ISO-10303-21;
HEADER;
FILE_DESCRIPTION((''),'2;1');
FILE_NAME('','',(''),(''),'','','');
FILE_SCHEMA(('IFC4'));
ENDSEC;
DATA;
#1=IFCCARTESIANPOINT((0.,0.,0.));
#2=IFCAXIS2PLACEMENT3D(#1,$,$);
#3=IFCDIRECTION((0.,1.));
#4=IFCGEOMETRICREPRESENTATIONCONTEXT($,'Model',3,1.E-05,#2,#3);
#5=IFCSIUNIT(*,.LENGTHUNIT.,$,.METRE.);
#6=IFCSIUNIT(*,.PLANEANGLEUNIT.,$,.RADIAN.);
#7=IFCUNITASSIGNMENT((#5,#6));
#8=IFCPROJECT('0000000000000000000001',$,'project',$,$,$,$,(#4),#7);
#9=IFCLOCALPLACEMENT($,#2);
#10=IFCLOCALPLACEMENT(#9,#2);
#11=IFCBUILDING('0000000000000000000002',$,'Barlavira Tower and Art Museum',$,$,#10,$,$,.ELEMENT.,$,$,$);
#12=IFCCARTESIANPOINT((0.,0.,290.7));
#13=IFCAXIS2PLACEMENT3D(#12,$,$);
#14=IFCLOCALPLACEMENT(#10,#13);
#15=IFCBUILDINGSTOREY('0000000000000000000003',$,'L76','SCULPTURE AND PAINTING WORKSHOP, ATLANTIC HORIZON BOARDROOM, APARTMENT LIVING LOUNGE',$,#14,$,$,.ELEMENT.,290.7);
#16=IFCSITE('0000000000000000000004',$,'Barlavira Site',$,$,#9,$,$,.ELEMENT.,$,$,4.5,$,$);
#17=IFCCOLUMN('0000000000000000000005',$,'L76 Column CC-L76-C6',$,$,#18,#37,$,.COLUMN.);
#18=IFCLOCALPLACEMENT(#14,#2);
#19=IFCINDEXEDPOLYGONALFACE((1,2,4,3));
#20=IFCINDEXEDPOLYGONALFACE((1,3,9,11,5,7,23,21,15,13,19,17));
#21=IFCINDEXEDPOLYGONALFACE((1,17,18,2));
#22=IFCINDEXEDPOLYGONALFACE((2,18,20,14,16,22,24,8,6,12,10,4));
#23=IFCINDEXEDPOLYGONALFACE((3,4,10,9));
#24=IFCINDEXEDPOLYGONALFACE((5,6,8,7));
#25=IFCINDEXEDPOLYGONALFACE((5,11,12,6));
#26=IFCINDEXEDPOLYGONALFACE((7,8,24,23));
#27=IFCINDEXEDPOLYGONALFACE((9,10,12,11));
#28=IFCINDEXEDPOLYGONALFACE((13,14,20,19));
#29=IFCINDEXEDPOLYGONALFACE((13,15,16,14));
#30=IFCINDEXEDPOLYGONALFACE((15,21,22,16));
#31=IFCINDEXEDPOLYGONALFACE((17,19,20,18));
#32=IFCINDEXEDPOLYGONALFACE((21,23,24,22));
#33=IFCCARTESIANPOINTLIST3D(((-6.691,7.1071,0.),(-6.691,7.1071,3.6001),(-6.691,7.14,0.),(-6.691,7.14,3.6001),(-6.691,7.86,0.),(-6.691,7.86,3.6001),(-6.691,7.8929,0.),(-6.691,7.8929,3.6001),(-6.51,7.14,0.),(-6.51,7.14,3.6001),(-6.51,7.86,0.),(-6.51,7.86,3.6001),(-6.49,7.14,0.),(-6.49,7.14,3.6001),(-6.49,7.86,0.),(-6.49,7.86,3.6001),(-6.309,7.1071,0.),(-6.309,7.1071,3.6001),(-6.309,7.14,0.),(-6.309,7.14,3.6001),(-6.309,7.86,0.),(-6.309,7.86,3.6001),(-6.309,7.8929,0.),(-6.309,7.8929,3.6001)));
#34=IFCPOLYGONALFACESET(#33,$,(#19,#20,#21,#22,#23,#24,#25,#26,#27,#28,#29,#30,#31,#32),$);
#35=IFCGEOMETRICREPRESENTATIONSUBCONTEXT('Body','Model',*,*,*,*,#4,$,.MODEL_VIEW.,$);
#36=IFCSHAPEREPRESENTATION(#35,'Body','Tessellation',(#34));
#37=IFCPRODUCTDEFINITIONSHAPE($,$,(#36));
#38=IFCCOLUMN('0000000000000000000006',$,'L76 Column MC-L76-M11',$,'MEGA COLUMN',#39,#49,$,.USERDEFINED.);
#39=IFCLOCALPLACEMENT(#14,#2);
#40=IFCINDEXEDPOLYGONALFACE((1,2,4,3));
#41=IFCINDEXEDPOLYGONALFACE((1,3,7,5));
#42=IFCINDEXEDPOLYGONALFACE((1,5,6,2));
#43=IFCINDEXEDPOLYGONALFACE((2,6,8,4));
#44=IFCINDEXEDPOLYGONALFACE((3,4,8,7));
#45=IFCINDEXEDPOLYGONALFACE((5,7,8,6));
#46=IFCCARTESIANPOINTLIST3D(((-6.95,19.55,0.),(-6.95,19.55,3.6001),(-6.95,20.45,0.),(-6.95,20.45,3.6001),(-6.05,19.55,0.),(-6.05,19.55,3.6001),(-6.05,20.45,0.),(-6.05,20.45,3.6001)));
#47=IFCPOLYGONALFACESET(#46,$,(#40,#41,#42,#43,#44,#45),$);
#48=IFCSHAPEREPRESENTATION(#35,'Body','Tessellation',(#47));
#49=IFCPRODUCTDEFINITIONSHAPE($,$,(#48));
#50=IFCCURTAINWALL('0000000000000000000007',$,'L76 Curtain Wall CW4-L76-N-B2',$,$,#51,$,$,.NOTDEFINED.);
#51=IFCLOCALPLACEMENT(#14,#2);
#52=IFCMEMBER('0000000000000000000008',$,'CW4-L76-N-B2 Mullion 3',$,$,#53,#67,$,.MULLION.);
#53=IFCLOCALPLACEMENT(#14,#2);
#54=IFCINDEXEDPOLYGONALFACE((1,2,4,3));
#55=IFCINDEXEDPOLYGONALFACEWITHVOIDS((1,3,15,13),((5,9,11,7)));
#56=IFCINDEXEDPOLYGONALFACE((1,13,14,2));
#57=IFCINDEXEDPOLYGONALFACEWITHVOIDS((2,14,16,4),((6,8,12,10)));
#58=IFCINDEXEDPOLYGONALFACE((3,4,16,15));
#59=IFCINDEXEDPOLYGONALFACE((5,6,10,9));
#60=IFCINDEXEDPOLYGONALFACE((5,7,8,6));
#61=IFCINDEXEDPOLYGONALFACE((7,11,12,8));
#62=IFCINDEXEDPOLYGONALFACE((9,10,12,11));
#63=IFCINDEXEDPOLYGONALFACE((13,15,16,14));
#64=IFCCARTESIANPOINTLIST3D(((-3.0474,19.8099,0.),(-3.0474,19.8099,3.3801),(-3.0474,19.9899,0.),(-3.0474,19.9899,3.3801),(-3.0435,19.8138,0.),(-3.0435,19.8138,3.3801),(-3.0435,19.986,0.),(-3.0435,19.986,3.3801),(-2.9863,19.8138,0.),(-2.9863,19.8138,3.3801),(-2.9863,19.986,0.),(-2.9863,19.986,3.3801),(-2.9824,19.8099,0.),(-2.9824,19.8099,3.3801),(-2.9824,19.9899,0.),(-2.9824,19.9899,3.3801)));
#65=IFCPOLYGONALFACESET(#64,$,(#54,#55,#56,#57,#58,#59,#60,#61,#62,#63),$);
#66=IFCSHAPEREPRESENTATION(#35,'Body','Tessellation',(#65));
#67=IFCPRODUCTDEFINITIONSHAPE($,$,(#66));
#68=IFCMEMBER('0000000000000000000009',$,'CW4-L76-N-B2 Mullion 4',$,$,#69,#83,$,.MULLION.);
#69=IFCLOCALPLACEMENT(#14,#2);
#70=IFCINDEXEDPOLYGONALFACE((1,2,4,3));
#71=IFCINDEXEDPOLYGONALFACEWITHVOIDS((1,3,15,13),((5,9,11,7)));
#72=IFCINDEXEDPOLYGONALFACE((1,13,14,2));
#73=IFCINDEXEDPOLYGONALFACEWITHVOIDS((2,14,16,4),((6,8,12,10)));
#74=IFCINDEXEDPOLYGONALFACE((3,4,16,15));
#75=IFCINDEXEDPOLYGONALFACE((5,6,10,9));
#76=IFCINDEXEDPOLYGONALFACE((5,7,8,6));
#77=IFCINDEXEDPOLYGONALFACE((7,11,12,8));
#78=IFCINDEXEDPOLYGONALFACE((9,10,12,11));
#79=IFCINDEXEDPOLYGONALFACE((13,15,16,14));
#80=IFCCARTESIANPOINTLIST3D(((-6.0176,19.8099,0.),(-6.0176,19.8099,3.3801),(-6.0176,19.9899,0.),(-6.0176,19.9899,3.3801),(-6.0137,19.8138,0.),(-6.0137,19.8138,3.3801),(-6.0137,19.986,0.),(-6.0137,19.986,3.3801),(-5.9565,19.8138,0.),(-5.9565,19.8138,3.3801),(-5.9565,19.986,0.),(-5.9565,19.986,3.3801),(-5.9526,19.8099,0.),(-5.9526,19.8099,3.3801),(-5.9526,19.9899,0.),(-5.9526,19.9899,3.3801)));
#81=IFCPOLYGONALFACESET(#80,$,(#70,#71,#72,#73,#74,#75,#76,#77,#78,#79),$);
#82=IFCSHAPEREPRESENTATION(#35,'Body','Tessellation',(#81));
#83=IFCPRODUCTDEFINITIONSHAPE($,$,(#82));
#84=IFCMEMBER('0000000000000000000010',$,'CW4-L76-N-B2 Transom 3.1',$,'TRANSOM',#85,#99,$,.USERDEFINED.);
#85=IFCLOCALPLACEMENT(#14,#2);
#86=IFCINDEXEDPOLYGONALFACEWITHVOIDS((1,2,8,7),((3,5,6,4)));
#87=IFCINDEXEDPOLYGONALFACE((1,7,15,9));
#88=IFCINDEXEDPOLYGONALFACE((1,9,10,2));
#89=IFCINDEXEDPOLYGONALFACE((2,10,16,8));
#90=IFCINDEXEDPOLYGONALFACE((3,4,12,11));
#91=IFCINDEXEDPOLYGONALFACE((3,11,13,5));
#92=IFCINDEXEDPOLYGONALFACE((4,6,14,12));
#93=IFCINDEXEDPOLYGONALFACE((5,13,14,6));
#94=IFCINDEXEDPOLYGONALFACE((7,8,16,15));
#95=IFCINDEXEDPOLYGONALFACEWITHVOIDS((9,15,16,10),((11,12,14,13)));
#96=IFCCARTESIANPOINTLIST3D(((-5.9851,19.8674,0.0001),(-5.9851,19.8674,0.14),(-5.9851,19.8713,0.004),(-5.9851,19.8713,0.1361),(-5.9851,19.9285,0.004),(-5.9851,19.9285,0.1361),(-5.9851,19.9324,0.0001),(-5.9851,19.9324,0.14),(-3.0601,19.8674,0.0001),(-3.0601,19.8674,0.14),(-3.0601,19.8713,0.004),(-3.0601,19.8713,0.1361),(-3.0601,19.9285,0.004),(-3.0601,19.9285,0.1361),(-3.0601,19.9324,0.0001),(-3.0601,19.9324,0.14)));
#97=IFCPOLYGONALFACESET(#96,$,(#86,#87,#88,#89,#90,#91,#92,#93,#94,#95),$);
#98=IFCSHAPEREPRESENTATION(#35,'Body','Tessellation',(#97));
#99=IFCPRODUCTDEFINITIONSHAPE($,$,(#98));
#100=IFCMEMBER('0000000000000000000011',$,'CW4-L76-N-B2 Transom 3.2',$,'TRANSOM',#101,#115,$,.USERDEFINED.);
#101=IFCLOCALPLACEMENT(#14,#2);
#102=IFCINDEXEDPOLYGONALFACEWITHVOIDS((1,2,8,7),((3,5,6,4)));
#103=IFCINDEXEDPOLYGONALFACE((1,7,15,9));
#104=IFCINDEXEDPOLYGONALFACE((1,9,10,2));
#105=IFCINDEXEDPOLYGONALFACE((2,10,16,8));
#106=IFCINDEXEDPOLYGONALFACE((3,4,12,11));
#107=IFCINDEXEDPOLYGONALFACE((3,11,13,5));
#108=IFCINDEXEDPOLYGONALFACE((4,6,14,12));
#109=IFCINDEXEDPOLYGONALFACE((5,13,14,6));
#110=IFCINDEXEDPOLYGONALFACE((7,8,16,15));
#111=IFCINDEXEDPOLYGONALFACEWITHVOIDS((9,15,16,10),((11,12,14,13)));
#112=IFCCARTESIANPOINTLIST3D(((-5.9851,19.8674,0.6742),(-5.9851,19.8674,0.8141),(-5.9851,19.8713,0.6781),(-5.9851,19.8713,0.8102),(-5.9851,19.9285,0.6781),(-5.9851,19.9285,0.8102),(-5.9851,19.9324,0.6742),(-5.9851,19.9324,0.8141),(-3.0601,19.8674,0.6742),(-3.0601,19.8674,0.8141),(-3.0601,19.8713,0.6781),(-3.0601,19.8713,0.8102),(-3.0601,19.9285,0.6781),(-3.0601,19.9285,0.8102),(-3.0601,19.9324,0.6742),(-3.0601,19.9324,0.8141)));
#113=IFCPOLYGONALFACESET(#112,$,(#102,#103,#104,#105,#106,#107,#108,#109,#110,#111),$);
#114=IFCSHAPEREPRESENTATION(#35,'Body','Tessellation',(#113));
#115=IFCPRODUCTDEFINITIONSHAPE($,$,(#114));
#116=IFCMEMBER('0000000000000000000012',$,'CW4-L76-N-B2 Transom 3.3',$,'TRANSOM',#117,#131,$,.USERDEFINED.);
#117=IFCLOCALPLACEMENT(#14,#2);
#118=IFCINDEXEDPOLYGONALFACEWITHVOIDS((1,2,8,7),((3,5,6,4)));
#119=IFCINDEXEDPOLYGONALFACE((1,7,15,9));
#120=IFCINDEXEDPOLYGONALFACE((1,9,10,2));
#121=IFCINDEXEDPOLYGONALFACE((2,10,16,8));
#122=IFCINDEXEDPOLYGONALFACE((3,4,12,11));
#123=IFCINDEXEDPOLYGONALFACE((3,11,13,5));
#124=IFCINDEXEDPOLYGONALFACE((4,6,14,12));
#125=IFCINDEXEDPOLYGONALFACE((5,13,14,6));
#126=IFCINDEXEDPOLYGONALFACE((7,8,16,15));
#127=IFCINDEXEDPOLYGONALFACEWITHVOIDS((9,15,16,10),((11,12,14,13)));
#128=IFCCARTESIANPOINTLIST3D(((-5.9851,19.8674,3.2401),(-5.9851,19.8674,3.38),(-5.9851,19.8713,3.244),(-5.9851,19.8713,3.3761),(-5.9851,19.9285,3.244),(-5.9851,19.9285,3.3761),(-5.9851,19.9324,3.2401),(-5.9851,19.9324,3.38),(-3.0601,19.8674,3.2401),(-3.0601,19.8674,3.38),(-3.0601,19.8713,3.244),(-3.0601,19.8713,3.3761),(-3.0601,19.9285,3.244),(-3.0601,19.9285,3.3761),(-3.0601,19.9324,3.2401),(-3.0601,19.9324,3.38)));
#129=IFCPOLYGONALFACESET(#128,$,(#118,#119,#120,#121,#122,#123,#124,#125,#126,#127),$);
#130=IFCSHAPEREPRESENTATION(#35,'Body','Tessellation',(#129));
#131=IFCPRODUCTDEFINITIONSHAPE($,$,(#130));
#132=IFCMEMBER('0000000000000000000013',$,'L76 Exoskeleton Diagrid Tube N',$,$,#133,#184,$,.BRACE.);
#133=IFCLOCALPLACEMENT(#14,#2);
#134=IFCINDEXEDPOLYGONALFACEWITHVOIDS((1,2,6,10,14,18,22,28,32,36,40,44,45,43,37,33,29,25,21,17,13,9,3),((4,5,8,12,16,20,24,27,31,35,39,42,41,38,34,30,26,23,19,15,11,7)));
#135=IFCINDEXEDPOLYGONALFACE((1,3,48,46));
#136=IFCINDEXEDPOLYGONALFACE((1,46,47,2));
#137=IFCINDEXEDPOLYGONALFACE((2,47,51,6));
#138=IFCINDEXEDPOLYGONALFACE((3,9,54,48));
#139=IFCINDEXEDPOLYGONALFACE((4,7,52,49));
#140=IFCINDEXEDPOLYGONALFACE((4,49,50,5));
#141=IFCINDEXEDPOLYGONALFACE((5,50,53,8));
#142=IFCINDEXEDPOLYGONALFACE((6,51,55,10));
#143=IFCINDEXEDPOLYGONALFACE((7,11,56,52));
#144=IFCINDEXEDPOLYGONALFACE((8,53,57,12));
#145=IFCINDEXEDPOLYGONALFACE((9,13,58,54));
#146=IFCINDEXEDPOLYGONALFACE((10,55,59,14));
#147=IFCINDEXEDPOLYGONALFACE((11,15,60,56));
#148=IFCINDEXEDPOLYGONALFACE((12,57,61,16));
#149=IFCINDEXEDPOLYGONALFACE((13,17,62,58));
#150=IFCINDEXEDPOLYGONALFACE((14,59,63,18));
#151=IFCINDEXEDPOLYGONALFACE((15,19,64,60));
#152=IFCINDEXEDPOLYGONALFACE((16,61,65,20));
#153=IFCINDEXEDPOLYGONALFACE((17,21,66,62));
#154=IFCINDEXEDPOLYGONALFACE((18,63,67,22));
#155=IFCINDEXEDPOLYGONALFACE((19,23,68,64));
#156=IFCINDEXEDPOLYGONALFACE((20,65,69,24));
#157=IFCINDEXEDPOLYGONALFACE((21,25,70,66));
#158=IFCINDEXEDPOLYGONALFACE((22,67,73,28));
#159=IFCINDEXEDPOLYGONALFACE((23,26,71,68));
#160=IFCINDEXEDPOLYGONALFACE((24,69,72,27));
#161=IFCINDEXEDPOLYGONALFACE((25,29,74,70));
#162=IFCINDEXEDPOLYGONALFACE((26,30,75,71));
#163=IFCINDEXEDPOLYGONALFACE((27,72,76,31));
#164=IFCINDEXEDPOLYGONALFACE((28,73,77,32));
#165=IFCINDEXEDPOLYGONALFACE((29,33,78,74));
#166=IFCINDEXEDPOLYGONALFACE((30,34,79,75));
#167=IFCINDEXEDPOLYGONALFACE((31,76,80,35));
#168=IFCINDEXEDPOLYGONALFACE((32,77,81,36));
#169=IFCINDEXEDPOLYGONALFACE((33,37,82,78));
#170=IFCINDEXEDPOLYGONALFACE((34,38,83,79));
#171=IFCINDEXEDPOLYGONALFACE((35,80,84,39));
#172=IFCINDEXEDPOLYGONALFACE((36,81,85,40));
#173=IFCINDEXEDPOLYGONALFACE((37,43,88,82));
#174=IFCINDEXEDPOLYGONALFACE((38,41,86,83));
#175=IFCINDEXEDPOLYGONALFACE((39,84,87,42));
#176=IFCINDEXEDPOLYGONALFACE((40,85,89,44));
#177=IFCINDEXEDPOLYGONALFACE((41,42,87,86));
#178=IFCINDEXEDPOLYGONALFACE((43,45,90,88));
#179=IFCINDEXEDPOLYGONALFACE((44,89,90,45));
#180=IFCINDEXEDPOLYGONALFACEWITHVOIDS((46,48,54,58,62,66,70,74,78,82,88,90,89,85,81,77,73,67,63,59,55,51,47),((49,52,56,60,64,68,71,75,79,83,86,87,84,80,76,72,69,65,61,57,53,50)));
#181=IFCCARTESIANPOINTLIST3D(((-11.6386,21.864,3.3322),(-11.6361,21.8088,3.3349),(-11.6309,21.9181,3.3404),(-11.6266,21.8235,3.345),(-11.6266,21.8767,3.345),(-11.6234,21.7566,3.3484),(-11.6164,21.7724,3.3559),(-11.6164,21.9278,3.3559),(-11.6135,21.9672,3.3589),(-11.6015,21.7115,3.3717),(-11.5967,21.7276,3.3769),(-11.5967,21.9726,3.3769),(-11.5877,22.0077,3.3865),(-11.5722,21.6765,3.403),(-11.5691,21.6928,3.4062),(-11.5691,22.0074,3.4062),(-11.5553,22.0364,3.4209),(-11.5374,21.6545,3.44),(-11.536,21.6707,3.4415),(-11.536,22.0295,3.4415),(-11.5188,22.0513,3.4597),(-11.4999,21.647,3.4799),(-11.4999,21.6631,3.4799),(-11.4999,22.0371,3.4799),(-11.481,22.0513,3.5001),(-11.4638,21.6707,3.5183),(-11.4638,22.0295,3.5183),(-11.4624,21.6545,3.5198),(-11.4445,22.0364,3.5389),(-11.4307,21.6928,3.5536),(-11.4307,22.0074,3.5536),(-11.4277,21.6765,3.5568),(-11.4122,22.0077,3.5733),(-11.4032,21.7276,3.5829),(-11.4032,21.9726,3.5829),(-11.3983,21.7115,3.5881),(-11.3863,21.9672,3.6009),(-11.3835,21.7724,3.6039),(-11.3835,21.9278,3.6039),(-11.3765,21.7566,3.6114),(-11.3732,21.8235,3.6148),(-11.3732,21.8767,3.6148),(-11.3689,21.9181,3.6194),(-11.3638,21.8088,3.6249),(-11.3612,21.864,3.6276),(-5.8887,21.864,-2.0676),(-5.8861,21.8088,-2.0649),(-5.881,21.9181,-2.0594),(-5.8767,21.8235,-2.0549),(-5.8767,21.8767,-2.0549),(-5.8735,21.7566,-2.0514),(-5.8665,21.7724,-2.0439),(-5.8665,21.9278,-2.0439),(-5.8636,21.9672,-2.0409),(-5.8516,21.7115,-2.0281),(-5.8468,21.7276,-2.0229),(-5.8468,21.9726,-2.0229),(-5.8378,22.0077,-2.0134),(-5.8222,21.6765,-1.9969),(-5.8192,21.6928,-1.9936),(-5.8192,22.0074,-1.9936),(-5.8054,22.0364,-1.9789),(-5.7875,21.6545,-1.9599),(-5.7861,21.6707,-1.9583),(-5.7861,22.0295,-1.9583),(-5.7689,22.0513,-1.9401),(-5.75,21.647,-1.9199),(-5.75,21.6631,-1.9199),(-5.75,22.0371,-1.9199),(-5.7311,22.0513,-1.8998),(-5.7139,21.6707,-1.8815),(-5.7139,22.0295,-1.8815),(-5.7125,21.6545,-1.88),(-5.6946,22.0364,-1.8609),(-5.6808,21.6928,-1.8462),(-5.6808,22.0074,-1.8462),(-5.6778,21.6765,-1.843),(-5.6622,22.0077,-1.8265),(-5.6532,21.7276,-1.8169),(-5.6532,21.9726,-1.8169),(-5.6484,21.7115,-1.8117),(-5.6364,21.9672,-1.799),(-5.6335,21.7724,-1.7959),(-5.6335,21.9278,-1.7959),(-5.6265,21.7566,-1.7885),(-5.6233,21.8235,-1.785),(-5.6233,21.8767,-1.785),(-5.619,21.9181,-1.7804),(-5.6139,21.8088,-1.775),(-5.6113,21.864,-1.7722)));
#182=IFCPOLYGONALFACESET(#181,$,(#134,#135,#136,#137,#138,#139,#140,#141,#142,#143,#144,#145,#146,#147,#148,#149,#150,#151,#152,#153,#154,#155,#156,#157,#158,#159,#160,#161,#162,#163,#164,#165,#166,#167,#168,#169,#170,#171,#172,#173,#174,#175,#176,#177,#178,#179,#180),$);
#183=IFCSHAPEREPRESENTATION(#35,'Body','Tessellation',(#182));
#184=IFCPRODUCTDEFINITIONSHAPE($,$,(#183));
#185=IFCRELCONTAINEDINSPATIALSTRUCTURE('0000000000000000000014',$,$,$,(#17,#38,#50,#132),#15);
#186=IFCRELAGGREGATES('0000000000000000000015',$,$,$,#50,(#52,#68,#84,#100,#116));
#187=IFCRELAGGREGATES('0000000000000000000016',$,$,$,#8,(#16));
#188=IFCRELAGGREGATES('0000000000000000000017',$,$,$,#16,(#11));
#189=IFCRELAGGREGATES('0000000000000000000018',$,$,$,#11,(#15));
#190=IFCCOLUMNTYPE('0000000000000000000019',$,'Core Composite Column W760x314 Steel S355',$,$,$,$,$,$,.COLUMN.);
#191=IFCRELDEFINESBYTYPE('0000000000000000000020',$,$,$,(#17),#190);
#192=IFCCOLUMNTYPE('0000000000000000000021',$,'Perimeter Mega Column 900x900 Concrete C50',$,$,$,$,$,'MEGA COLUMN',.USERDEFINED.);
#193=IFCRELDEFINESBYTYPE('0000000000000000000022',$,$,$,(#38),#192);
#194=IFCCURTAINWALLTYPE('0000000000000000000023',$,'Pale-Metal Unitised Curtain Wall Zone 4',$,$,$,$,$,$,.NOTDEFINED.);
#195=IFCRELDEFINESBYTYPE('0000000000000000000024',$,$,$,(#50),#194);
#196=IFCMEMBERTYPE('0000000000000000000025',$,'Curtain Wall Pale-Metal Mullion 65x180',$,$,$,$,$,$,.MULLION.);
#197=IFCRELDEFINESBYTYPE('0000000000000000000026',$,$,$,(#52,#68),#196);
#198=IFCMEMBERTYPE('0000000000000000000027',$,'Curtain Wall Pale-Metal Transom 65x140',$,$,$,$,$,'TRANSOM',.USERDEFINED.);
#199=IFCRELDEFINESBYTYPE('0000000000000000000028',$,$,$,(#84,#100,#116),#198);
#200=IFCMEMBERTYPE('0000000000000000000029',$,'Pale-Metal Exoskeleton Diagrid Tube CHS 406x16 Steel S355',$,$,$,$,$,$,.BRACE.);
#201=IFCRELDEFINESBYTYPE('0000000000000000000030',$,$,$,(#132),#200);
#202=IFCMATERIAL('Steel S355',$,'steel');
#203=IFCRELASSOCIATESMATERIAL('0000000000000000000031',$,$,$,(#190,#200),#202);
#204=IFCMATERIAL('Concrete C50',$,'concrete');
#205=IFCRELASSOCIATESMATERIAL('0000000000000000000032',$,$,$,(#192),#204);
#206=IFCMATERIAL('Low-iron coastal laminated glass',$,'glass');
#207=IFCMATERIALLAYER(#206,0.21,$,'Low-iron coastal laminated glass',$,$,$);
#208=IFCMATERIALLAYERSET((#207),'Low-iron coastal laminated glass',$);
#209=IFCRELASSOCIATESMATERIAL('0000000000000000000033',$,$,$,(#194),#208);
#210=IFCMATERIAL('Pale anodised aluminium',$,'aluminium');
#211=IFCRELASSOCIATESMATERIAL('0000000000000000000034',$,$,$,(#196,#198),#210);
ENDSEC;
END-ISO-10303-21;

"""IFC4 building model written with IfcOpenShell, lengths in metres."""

from ifc_helpers import new_model, si_unit, direction, frame, origin, origin_2d, place, context, subcontext, project, spatial, rectangle, hollow_rectangle, hollow_circle, i_section, extrude, material, layer, layer_set, material_profile, profile_set, type_object, element, aggregate, save


model = new_model("IFC4")

# Units and contexts
model_context = context("Model", 3, precision=1e-05, world=origin(), true_north=direction((0.0, 1.0)))
body_context = subcontext(model_context, "Body", "Model", "MODEL_VIEW")
ifc_project = project(units=[si_unit("LENGTHUNIT", "METRE"), si_unit("PLANEANGLEUNIT", "RADIAN")], contexts=[model_context])

# Site, building, storey
site_placement = place(None, origin())
site = spatial("IfcSite", under=ifc_project, at=site_placement, Name="Barlavira Site", CompositionType="ELEMENT", RefElevation=4.5)
building_placement = place(site_placement, origin())
building = spatial("IfcBuilding", under=site, at=building_placement, Name="Barlavira Tower and Art Museum", CompositionType="ELEMENT")
storey_placement = place(building_placement, frame((0.0, 0.0, 290.7)))
storey = spatial("IfcBuildingStorey", under=building, at=storey_placement, Name="L76", Description="SCULPTURE AND PAINTING WORKSHOP, ATLANTIC HORIZON BOARDROOM, APARTMENT LIVING LOUNGE", CompositionType="ELEMENT", Elevation=290.7)

# Columns
ifc_material_1 = material(Name="Steel S355", Category="steel")
ifc_material_profile_1 = material_profile(ifc_material_1, i_section(OverallWidth=0.3821, OverallDepth=0.7859, WebThickness=0.02, FlangeThickness=0.033, at=origin_2d()), Name="W760x314.0")
ifc_profile_set_1 = profile_set([ifc_material_profile_1], Name="Steel S355")
column_type_1 = type_object("IfcColumnType", Name="Core Composite Column W760x314 Steel S355", PredefinedType="COLUMN", material=ifc_profile_set_1)
column_1_placement = place(storey_placement, frame((-6.5, 7.5, 0.0), z_axis=(0.0, 0.0, 1.0), x_axis=(1.0, 0.0, 0.0)))
element("IfcColumn", 1, at=column_1_placement, inside=storey, type_object=column_type_1, Name="L76 Column CC-L76-C6", PredefinedType="COLUMN", context=body_context, shape_type="SweptSolid", body=[
    extrude(i_section(OverallWidth=0.3821, OverallDepth=0.7859, WebThickness=0.02, FlangeThickness=0.033, at=origin_2d()), origin(), (0.0, 0.0, 1.0), 3.6001),
])
ifc_material_2 = material(Name="Concrete C50", Category="concrete")
ifc_material_profile_2 = material_profile(ifc_material_2, rectangle(XDim=0.8999, YDim=0.8999, at=origin_2d()), Name="RC-COL 900x900")
ifc_profile_set_2 = profile_set([ifc_material_profile_2], Name="Concrete C50")
column_type_2 = type_object("IfcColumnType", Name="Perimeter Mega Column 900x900 Concrete C50", ElementType="MEGA COLUMN", PredefinedType="USERDEFINED", material=ifc_profile_set_2)
column_2_placement = place(storey_placement, frame((-6.5, 20.0, 0.0), z_axis=(0.0, 0.0, 1.0), x_axis=(1.0, 0.0, 0.0)))
element("IfcColumn", 2, at=column_2_placement, inside=storey, type_object=column_type_2, Name="L76 Column MC-L76-M11", ObjectType="MEGA COLUMN", PredefinedType="USERDEFINED", context=body_context, shape_type="SweptSolid", body=[
    extrude(rectangle(XDim=0.8999, YDim=0.8999, at=origin_2d()), origin(), (0.0, 0.0, 1.0), 3.6001),
])

# Curtain wall, members
ifc_material_3 = material(Name="Low-iron coastal laminated glass", Category="glass")
ifc_layer_1 = layer(ifc_material_3, 0.21, Name="Low-iron coastal laminated glass")
ifc_layer_set_1 = layer_set([ifc_layer_1], Name="Low-iron coastal laminated glass")
curtain_wall_type = type_object("IfcCurtainWallType", Name="Pale-Metal Unitised Curtain Wall Zone 4", PredefinedType="NOTDEFINED", material=ifc_layer_set_1)
curtain_wall_placement = place(storey_placement, origin())
curtain_wall = element("IfcCurtainWall", 3, at=curtain_wall_placement, inside=storey, type_object=curtain_wall_type, Name="L76 Curtain Wall CW4-L76-N-B2", PredefinedType="NOTDEFINED")
ifc_material_4 = material(Name="Pale anodised aluminium", Category="aluminium")
ifc_material_profile_3 = material_profile(ifc_material_4, hollow_rectangle(XDim=0.0649, YDim=0.1799, WallThickness=0.0039, at=origin_2d()), Name="ALU-MULL 65x180x4")
ifc_profile_set_3 = profile_set([ifc_material_profile_3], Name="Pale anodised aluminium")
member_type_1 = type_object("IfcMemberType", Name="Curtain Wall Pale-Metal Mullion 65x180", PredefinedType="MULLION", material=ifc_profile_set_3)
member_1_placement = place(storey_placement, frame((-3.0149, 19.8999, 0.0), z_axis=(0.0, 0.0, 1.0), x_axis=(-1.0, 0.0, 0.0)))
member_1 = element("IfcMember", 4, at=member_1_placement, type_object=member_type_1, Name="CW4-L76-N-B2 Mullion 3", PredefinedType="MULLION", context=body_context, shape_type="SweptSolid", body=[
    extrude(hollow_rectangle(XDim=0.0649, YDim=0.1799, WallThickness=0.0039, at=origin_2d()), origin(), (0.0, 0.0, 1.0), 3.3801),
])
member_2_placement = place(storey_placement, frame((-5.9851, 19.8999, 0.0), z_axis=(0.0, 0.0, 1.0), x_axis=(-1.0, 0.0, 0.0)))
member_2 = element("IfcMember", 5, at=member_2_placement, type_object=member_type_1, Name="CW4-L76-N-B2 Mullion 4", PredefinedType="MULLION", context=body_context, shape_type="SweptSolid", body=[
    extrude(hollow_rectangle(XDim=0.0649, YDim=0.1799, WallThickness=0.0039, at=origin_2d()), origin(), (0.0, 0.0, 1.0), 3.3801),
])
ifc_material_profile_4 = material_profile(ifc_material_4, hollow_rectangle(XDim=0.0649, YDim=0.1399, WallThickness=0.0039, at=origin_2d()), Name="ALU-TRAN 65x140x4")
ifc_profile_set_4 = profile_set([ifc_material_profile_4], Name="Pale anodised aluminium")
member_type_2 = type_object("IfcMemberType", Name="Curtain Wall Pale-Metal Transom 65x140", ElementType="TRANSOM", PredefinedType="USERDEFINED", material=ifc_profile_set_4)
member_3_placement = place(storey_placement, frame((-3.0601, 19.8999, 0.0701), z_axis=(-1.0, 0.0, 0.0), x_axis=(0.0, -1.0, 0.0)))
member_3 = element("IfcMember", 6, at=member_3_placement, type_object=member_type_2, Name="CW4-L76-N-B2 Transom 3.1", ObjectType="TRANSOM", PredefinedType="USERDEFINED", context=body_context, shape_type="SweptSolid", body=[
    extrude(hollow_rectangle(XDim=0.0649, YDim=0.1399, WallThickness=0.0039, at=origin_2d()), origin(), (0.0, 0.0, 1.0), 2.925),
])
member_4_placement = place(storey_placement, frame((-3.0601, 19.8999, 0.7441), z_axis=(-1.0, 0.0, 0.0), x_axis=(0.0, -1.0, 0.0)))
member_4 = element("IfcMember", 7, at=member_4_placement, type_object=member_type_2, Name="CW4-L76-N-B2 Transom 3.2", ObjectType="TRANSOM", PredefinedType="USERDEFINED", context=body_context, shape_type="SweptSolid", body=[
    extrude(hollow_rectangle(XDim=0.0649, YDim=0.1399, WallThickness=0.0039, at=origin_2d()), origin(), (0.0, 0.0, 1.0), 2.925),
])
member_5_placement = place(storey_placement, frame((-3.0601, 19.8999, 3.3101), z_axis=(-1.0, 0.0, 0.0), x_axis=(0.0, -1.0, 0.0)))
member_5 = element("IfcMember", 8, at=member_5_placement, type_object=member_type_2, Name="CW4-L76-N-B2 Transom 3.3", ObjectType="TRANSOM", PredefinedType="USERDEFINED", context=body_context, shape_type="SweptSolid", body=[
    extrude(hollow_rectangle(XDim=0.0649, YDim=0.1399, WallThickness=0.0039, at=origin_2d()), origin(), (0.0, 0.0, 1.0), 2.925),
])

# Member
ifc_material_profile_5 = material_profile(ifc_material_1, hollow_circle(Radius=0.2031, WallThickness=0.0161, at=origin_2d()), Name="CHS 406.4x16.0")
ifc_profile_set_5 = profile_set([ifc_material_profile_5], Name="Steel S355")
member_type_3 = type_object("IfcMemberType", Name="Pale-Metal Exoskeleton Diagrid Tube CHS 406x16 Steel S355", PredefinedType="BRACE", material=ifc_profile_set_5)
for number, where, z_axis, x_axis, name in (
    (9, (-5.75, 21.8501, -1.9199), (-0.72895, 0.0, 0.684567), (0.0, -1.0, 0.0), "L76 Exoskeleton Diagrid Tube N"),
):
    element("IfcMember", number, at=place(storey_placement, frame(where, z_axis=z_axis, x_axis=x_axis)), inside=storey, type_object=member_type_3, Name=name, PredefinedType="BRACE", context=body_context, shape_type="SweptSolid", body=[
        extrude(hollow_circle(Radius=0.2031, WallThickness=0.0161, at=origin_2d()), origin(), (0.0, 0.0, 1.0), 7.8879),
    ])

aggregate(curtain_wall, [member_1, member_2, member_3, member_4, member_5])

save(model, "model.ifc")
